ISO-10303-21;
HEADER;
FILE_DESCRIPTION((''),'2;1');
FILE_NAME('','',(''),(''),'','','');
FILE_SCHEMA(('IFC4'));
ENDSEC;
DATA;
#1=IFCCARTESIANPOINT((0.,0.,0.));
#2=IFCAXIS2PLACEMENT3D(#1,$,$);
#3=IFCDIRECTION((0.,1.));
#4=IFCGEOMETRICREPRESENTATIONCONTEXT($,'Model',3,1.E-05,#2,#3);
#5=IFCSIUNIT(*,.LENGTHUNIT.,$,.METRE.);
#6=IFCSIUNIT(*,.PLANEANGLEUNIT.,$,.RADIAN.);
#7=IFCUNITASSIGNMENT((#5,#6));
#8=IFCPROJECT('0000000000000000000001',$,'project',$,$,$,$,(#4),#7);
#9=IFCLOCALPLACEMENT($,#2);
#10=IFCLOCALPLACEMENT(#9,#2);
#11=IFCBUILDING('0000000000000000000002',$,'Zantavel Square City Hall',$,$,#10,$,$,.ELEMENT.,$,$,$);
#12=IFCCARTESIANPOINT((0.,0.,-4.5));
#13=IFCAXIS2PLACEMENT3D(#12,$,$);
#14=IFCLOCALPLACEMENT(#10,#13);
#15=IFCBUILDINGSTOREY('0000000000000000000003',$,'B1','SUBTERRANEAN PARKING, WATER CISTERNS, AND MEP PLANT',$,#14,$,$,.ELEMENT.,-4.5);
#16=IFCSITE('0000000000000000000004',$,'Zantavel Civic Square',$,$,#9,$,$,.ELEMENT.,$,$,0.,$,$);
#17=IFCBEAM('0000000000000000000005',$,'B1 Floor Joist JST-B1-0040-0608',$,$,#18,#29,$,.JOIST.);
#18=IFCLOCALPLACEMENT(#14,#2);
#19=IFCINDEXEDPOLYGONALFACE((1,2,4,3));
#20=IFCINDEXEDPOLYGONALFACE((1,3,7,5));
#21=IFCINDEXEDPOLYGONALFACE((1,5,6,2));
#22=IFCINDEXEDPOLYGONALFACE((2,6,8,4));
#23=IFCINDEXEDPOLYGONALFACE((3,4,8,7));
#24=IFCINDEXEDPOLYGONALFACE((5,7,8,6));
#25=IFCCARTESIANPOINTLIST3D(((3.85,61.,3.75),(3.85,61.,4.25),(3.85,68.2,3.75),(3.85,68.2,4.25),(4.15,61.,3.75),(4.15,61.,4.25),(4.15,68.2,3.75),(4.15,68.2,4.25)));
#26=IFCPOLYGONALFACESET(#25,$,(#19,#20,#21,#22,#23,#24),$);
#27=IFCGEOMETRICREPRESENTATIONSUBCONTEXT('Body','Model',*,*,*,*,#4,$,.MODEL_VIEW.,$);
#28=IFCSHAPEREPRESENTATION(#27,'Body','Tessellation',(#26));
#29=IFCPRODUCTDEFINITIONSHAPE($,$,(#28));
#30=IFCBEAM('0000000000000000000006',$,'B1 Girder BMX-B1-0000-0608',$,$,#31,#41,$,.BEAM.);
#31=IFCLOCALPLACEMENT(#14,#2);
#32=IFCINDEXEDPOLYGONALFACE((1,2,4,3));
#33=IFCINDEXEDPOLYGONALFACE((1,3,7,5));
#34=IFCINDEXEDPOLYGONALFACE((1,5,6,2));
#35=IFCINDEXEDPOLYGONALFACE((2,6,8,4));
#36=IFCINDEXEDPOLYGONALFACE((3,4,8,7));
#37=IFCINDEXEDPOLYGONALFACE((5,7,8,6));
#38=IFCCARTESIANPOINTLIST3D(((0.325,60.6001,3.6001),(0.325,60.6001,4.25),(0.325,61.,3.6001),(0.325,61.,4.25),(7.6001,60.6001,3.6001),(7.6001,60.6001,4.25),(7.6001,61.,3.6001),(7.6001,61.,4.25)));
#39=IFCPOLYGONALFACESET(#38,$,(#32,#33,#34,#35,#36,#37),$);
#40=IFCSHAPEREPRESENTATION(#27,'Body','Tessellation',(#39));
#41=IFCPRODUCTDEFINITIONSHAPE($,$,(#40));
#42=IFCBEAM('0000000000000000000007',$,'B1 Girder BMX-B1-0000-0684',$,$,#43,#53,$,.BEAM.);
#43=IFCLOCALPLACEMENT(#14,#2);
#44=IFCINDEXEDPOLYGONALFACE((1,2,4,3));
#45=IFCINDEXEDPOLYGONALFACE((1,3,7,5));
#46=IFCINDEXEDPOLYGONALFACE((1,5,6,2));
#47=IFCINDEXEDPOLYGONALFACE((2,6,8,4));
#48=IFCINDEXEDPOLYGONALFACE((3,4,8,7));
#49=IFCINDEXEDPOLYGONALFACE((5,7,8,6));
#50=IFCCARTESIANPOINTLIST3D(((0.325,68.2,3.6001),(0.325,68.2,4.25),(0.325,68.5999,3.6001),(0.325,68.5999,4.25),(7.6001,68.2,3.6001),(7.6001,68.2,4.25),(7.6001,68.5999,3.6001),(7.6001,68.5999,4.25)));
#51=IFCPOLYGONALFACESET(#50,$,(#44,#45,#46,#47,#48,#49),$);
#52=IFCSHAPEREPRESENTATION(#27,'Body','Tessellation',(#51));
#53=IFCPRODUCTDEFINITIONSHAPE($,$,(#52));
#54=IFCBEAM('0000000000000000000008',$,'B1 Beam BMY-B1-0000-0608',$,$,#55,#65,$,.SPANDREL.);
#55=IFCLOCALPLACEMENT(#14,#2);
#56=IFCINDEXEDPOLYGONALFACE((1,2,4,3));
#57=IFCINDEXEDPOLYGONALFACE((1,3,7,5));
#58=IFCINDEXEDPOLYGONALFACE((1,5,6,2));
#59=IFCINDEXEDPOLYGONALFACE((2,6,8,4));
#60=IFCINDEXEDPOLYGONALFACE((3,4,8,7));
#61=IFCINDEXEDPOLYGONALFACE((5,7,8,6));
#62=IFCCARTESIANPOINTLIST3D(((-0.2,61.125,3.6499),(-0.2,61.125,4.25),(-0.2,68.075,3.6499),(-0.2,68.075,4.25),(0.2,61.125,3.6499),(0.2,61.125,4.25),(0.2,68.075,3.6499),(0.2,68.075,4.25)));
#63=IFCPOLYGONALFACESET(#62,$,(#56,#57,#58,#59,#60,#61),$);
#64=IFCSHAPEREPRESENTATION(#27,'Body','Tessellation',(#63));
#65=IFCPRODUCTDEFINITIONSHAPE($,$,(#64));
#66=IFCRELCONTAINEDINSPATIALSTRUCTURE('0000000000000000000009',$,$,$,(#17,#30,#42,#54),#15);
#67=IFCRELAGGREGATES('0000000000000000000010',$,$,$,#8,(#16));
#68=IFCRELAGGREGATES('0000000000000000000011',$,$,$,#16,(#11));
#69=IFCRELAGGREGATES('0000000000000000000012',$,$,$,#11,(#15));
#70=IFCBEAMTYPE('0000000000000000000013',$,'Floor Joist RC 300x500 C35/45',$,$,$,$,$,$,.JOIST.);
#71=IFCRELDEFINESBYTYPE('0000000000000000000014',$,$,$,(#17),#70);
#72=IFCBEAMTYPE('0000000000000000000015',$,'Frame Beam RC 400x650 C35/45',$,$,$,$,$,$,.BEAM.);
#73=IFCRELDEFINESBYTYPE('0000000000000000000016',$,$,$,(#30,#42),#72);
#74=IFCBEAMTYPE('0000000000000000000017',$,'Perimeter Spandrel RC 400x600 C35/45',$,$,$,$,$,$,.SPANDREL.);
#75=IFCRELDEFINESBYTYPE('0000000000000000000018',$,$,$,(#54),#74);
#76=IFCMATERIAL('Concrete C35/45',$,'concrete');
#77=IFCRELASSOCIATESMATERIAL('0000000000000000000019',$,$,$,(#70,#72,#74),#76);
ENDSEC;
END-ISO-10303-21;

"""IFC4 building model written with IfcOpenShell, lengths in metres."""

from ifc_helpers import new_model, si_unit, direction, frame, origin, origin_2d, place, context, subcontext, project, spatial, rectangle, extrude, material, material_profile, profile_set, type_object, element, save


model = new_model("IFC4")

# Units and contexts
model_context = context("Model", 3, precision=1e-05, world=origin(), true_north=direction((0.0, 1.0)))
body_context = subcontext(model_context, "Body", "Model", "MODEL_VIEW")
ifc_project = project(units=[si_unit("LENGTHUNIT", "METRE"), si_unit("PLANEANGLEUNIT", "RADIAN")], contexts=[model_context])

# Site, building, storey
site_placement = place(None, origin())
site = spatial("IfcSite", under=ifc_project, at=site_placement, Name="Zantavel Civic Square", CompositionType="ELEMENT", RefElevation=0.0)
building_placement = place(site_placement, origin())
building = spatial("IfcBuilding", under=site, at=building_placement, Name="Zantavel Square City Hall", CompositionType="ELEMENT")
storey_placement = place(building_placement, frame((0.0, 0.0, -4.5)))
storey = spatial("IfcBuildingStorey", under=building, at=storey_placement, Name="B1", Description="SUBTERRANEAN PARKING, WATER CISTERNS, AND MEP PLANT", CompositionType="ELEMENT", Elevation=-4.5)

# Shared definitions
ifc_material_1 = material(Name="Concrete C35/45", Category="concrete")

# Beams
ifc_material_profile_1 = material_profile(ifc_material_1, rectangle(XDim=0.3, YDim=0.5, at=origin_2d()), Name="RC 300x500")
ifc_profile_set_1 = profile_set([ifc_material_profile_1], Name="Concrete C35/45")
beam_type_1 = type_object("IfcBeamType", Name="Floor Joist RC 300x500 C35/45", PredefinedType="JOIST", material=ifc_profile_set_1)
beam_1_placement = place(storey_placement, frame((4.0, 61.0, 4.0), z_axis=(0.0, 1.0, 0.0), x_axis=(-1.0, 0.0, 0.0)))
element("IfcBeam", 1, at=beam_1_placement, inside=storey, type_object=beam_type_1, Name="B1 Floor Joist JST-B1-0040-0608", PredefinedType="JOIST", context=body_context, shape_type="SweptSolid", body=[
    extrude(rectangle(XDim=0.3, YDim=0.5, at=origin_2d()), origin(), (0.0, 0.0, 1.0), 7.2),
])
ifc_material_profile_2 = material_profile(ifc_material_1, rectangle(XDim=0.3999, YDim=0.6499, at=origin_2d()), Name="RC 400x650")
ifc_profile_set_2 = profile_set([ifc_material_profile_2], Name="Concrete C35/45")
beam_type_2 = type_object("IfcBeamType", Name="Frame Beam RC 400x650 C35/45", PredefinedType="BEAM", material=ifc_profile_set_2)
for number, where, z_axis, x_axis, name in (
    (2, (0.325, 60.8, 3.925), (1.0, 0.0, 0.0), (0.0, 1.0, 0.0), "B1 Girder BMX-B1-0000-0608"),
    (3, (0.325, 68.3999, 3.925), (1.0, 0.0, 0.0), (0.0, 1.0, 0.0), "B1 Girder BMX-B1-0000-0684"),
):
    element("IfcBeam", number, at=place(storey_placement, frame(where, z_axis=z_axis, x_axis=x_axis)), inside=storey, type_object=beam_type_2, Name=name, PredefinedType="BEAM", context=body_context, shape_type="SweptSolid", body=[
        extrude(rectangle(XDim=0.3999, YDim=0.6499, at=origin_2d()), origin(), (0.0, 0.0, 1.0), 7.2751),
    ])
ifc_material_profile_3 = material_profile(ifc_material_1, rectangle(XDim=0.3999, YDim=0.6001, at=origin_2d()), Name="RC 400x600")
ifc_profile_set_3 = profile_set([ifc_material_profile_3], Name="Concrete C35/45")
beam_type_3 = type_object("IfcBeamType", Name="Perimeter Spandrel RC 400x600 C35/45", PredefinedType="SPANDREL", material=ifc_profile_set_3)
beam_2_placement = place(storey_placement, frame((0.0, 61.125, 3.95), z_axis=(0.0, 1.0, 0.0), x_axis=(-1.0, 0.0, 0.0)))
element("IfcBeam", 4, at=beam_2_placement, inside=storey, type_object=beam_type_3, Name="B1 Beam BMY-B1-0000-0608", PredefinedType="SPANDREL", context=body_context, shape_type="SweptSolid", body=[
    extrude(rectangle(XDim=0.3999, YDim=0.6001, at=origin_2d()), origin(), (0.0, 0.0, 1.0), 6.95),
])

save(model, "model.ifc")
